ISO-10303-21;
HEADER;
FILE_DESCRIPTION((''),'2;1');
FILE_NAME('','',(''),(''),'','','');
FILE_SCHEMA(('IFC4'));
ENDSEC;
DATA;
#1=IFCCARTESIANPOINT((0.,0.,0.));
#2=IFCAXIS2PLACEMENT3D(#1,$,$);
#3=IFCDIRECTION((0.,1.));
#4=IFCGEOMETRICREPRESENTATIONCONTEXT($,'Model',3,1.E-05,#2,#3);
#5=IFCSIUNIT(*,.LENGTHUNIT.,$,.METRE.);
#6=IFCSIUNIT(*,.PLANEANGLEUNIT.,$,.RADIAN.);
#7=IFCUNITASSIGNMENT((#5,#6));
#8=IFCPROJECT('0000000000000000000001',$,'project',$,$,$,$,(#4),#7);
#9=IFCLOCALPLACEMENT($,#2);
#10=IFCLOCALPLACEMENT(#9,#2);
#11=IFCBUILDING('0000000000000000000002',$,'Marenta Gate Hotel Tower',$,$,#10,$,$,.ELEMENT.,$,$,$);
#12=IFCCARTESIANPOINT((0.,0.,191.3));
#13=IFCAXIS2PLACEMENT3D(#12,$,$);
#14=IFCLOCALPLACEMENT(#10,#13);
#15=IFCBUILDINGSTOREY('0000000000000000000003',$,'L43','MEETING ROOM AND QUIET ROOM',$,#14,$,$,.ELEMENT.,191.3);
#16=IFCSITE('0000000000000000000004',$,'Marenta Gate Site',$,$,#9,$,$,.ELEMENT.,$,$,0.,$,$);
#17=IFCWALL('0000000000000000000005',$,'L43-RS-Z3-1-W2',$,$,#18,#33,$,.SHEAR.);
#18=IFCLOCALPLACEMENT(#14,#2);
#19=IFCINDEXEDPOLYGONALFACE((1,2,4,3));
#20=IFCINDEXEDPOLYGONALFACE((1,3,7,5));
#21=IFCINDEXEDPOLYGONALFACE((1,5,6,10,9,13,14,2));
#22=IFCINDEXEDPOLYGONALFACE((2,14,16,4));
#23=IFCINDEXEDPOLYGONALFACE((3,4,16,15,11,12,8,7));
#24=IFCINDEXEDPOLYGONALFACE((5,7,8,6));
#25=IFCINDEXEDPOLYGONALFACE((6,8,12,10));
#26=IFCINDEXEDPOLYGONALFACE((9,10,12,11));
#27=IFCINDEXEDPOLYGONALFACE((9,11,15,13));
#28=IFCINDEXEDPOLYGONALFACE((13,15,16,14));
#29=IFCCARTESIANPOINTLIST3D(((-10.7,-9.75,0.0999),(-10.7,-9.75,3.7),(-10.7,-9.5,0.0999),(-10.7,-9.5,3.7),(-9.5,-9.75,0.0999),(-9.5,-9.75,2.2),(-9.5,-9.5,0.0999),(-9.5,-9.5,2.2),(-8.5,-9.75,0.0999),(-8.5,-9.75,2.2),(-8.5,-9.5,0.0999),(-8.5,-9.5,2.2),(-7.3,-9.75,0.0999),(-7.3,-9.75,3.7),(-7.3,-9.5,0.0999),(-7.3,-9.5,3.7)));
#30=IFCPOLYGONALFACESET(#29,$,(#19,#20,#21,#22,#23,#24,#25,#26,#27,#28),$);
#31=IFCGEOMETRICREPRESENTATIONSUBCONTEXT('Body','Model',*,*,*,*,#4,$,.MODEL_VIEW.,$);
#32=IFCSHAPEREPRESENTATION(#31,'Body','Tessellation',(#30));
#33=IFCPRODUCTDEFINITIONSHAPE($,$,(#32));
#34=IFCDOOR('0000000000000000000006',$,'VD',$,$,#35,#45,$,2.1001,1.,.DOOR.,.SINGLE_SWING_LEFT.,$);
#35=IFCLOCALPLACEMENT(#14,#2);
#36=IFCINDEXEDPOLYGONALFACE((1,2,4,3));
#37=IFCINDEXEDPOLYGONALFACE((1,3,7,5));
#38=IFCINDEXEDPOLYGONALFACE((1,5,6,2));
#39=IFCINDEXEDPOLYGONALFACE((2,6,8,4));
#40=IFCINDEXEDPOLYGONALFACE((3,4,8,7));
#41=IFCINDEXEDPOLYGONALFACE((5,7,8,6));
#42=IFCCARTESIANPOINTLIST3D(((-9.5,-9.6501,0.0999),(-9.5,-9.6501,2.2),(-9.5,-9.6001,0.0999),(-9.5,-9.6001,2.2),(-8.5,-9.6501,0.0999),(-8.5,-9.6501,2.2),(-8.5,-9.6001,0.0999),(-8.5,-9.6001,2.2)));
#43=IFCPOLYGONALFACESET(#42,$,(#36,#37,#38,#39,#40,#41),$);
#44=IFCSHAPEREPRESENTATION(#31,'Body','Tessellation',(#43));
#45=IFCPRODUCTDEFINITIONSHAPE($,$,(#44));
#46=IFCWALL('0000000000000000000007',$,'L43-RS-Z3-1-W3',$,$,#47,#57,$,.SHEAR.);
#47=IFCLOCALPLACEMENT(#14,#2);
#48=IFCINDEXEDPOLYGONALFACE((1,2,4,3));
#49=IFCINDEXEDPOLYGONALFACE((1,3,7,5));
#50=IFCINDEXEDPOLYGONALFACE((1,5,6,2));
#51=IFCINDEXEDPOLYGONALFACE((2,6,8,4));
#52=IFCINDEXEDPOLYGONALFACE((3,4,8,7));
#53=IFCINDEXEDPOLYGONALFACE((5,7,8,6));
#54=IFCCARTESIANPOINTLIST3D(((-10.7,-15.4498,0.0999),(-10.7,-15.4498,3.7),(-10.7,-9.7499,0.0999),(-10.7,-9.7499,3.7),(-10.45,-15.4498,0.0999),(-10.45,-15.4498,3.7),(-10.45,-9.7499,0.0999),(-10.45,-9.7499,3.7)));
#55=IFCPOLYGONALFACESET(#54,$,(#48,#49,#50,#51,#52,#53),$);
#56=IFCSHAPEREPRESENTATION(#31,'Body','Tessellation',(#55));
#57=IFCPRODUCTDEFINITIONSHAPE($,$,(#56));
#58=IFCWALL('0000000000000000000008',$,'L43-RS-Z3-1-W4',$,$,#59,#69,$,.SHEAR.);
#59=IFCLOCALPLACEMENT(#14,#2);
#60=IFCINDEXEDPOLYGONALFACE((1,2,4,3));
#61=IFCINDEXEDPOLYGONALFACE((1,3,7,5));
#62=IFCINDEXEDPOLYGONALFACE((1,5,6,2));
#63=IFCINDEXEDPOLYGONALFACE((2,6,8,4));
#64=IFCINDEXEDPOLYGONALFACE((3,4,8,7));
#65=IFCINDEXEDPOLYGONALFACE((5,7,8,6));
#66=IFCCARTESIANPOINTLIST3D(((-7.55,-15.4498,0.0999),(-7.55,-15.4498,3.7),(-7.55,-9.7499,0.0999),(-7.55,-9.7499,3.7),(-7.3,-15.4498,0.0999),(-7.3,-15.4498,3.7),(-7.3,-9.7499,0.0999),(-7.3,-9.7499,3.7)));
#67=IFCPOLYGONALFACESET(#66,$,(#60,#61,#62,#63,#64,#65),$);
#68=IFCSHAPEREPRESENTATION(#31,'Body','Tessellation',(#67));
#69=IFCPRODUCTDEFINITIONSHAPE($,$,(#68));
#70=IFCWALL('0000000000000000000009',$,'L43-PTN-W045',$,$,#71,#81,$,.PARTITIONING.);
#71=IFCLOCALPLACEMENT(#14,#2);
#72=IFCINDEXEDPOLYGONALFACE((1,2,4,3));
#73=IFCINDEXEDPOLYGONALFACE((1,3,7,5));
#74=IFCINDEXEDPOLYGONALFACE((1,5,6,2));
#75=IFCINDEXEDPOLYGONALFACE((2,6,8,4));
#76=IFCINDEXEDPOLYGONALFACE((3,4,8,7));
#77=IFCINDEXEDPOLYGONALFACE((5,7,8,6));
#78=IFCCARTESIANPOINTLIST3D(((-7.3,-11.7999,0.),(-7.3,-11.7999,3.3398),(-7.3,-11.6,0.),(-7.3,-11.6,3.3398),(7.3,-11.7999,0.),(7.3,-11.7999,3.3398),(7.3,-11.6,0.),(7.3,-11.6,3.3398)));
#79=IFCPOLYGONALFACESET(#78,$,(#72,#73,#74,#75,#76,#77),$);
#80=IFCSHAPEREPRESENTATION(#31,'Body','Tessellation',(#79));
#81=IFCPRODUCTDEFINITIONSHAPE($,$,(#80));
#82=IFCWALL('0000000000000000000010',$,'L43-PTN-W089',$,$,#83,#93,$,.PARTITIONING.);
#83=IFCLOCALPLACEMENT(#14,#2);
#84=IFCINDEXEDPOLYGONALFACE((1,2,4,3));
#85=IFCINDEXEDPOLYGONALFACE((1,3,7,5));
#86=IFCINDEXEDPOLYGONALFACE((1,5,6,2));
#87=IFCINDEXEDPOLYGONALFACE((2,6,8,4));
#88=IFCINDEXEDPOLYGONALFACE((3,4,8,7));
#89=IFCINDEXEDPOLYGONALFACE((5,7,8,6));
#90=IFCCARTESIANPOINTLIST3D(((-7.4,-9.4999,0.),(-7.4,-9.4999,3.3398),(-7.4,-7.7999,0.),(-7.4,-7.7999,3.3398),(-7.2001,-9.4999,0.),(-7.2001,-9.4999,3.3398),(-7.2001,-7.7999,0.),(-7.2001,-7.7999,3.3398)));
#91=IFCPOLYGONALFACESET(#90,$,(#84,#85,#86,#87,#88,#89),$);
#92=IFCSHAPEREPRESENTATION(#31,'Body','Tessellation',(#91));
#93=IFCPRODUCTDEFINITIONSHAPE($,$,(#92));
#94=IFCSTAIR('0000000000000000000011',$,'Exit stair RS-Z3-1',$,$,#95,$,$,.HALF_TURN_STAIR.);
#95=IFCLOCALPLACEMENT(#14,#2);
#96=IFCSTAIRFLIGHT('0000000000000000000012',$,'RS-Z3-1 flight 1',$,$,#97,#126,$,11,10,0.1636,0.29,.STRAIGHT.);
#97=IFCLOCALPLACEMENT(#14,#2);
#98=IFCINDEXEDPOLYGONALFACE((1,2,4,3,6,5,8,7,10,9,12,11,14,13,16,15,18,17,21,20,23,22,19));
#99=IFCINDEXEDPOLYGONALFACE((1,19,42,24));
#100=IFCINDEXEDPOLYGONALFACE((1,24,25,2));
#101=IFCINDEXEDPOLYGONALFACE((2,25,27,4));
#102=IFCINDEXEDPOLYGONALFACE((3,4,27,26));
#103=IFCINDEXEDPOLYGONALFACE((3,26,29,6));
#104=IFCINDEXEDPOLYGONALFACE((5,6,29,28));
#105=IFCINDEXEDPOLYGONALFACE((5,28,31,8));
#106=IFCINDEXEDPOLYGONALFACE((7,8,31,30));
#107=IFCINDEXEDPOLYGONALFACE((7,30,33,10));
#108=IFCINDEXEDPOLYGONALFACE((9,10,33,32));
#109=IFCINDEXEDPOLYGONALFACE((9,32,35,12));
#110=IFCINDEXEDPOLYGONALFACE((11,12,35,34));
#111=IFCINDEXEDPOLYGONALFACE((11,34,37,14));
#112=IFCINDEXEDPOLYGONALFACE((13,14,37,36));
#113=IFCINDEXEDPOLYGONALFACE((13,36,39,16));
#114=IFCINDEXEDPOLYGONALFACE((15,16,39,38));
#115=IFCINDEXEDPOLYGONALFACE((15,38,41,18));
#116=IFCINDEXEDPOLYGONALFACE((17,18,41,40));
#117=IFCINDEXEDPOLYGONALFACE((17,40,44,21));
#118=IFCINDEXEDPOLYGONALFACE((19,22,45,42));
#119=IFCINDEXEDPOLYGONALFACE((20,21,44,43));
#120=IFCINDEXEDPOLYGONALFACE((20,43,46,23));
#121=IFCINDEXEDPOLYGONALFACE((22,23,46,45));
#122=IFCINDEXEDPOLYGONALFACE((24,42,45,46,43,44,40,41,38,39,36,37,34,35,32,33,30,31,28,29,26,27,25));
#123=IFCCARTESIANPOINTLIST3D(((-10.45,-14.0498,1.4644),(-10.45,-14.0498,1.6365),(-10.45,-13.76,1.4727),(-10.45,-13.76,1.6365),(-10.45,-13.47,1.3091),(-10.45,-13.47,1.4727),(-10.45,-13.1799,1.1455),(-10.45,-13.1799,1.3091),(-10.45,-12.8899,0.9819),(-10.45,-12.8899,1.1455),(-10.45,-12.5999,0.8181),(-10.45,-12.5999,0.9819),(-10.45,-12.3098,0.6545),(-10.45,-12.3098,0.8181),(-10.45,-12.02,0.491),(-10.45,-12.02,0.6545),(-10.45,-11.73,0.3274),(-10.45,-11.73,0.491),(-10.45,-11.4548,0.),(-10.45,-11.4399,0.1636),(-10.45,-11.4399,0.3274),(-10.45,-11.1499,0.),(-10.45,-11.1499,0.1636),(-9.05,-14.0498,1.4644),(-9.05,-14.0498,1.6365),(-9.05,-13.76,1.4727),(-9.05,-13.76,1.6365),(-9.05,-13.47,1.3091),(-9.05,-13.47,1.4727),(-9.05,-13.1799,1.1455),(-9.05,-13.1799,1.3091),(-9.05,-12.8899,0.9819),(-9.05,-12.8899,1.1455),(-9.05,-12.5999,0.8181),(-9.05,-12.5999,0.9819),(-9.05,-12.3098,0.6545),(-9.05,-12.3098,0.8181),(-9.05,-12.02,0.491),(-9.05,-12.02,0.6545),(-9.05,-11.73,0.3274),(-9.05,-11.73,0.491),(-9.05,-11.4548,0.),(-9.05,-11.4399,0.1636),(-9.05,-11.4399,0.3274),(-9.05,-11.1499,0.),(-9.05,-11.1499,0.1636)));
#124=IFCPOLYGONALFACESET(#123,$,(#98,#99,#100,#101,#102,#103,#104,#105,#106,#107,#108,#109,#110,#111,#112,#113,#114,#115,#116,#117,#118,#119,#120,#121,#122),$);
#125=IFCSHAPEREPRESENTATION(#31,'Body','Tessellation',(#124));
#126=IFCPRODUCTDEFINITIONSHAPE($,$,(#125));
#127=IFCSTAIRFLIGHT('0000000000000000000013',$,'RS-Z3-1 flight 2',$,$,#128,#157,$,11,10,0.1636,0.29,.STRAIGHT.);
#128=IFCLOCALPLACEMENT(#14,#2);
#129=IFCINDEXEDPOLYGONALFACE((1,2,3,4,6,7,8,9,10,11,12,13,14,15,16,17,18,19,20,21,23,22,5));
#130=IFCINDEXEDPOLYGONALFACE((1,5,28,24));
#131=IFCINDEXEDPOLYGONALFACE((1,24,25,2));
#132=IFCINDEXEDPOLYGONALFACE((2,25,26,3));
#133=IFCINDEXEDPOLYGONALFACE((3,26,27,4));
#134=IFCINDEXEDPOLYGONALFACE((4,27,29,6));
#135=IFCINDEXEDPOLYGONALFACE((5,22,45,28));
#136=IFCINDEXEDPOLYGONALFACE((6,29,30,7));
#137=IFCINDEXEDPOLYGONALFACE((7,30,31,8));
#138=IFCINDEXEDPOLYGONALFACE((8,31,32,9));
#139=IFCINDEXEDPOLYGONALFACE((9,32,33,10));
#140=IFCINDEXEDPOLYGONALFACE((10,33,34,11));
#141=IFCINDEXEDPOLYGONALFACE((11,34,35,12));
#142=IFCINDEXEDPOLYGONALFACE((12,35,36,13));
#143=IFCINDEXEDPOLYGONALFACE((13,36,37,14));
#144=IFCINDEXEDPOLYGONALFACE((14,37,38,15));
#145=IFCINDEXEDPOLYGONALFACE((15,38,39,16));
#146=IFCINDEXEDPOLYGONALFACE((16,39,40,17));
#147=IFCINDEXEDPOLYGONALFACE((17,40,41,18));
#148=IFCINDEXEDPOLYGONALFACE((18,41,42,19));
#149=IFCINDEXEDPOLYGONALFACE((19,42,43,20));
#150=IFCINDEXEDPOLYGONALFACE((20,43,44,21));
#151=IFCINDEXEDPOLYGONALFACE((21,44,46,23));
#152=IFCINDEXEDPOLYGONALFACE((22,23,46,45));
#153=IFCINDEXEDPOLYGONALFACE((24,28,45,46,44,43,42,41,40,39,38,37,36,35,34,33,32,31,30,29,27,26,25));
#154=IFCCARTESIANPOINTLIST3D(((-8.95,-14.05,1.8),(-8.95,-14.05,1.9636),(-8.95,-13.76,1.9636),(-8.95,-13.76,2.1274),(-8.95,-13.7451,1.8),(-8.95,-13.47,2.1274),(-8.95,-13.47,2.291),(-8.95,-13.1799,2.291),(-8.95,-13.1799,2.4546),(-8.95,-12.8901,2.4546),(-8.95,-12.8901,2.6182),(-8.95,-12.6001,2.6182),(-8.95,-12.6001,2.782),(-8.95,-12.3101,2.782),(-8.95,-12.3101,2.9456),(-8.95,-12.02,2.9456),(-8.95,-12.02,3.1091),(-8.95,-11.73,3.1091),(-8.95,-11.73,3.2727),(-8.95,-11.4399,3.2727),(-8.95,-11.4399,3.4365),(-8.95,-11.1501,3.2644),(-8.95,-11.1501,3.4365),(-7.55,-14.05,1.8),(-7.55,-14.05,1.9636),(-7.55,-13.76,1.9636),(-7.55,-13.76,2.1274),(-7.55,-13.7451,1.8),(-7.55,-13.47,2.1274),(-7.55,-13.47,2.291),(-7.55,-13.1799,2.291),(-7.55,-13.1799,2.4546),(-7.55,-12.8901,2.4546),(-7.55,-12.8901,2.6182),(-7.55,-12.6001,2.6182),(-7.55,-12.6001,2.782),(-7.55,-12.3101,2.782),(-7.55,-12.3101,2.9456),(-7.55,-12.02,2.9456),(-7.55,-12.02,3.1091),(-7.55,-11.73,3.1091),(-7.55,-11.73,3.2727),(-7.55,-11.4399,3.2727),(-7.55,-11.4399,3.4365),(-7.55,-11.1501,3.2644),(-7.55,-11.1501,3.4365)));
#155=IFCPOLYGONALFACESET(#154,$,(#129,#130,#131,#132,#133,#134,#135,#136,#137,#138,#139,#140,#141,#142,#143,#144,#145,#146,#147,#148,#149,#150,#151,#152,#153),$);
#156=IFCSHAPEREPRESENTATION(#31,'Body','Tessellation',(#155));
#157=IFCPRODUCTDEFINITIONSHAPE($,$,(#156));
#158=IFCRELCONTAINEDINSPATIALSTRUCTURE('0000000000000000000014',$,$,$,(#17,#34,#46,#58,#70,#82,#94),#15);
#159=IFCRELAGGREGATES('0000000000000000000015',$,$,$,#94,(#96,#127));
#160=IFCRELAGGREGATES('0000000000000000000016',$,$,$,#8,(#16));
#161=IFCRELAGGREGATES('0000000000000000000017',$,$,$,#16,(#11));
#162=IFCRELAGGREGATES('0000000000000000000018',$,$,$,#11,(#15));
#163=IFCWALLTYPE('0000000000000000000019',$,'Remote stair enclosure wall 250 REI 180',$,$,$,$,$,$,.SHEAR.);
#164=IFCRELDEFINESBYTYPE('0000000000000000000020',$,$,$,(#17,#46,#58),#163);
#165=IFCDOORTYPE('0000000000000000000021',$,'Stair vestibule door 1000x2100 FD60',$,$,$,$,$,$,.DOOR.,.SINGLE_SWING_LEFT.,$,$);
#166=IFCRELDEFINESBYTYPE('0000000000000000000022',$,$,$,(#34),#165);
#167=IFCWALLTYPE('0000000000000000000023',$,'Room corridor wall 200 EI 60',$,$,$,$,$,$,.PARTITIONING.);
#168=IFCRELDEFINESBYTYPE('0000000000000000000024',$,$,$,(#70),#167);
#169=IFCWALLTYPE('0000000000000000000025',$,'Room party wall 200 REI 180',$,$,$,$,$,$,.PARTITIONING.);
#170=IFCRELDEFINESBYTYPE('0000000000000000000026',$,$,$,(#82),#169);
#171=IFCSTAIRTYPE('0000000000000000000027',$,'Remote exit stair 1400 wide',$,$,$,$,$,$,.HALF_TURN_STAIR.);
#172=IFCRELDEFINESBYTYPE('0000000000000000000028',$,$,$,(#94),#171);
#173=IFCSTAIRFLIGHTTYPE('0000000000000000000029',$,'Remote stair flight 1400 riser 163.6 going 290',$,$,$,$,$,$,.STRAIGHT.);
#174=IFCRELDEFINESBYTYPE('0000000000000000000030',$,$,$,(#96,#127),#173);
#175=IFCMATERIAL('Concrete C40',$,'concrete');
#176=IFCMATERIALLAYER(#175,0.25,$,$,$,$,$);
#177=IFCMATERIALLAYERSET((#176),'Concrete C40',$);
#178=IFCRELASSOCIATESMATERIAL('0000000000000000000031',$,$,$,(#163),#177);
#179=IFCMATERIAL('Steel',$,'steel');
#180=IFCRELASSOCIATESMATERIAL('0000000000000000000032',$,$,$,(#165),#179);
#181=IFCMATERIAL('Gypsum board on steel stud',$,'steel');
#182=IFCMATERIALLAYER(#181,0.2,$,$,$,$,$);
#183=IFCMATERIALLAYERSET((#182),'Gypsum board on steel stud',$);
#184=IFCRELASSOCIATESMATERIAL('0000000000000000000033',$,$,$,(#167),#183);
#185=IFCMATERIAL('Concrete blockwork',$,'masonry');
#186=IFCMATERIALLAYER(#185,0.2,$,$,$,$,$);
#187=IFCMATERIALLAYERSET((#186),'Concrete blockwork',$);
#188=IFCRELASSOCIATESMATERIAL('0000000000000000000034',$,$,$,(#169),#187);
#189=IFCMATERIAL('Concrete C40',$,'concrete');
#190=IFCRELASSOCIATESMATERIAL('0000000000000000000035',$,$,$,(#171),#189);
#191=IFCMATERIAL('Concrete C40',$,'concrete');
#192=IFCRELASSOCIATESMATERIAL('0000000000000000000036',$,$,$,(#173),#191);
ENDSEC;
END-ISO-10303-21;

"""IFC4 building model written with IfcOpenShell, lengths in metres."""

from ifc_helpers import new_model, si_unit, direction, frame, frame_2d, origin, place, context, subcontext, project, spatial, polyline, rectangle, outline, extrude, material, layer, layer_set, type_object, element, fill, aggregate, save


model = new_model("IFC4")

# Units and contexts
model_context = context("Model", 3, precision=1e-05, world=origin(), true_north=direction((0.0, 1.0)))
body_context = subcontext(model_context, "Body", "Model", "MODEL_VIEW")
ifc_project = project(units=[si_unit("LENGTHUNIT", "METRE"), si_unit("PLANEANGLEUNIT", "RADIAN")], contexts=[model_context])

# Site, building, storey
site_placement = place(None, origin())
site = spatial("IfcSite", under=ifc_project, at=site_placement, Name="Marenta Gate Site", CompositionType="ELEMENT", RefElevation=0.0)
building_placement = place(site_placement, origin())
building = spatial("IfcBuilding", under=site, at=building_placement, Name="Marenta Gate Hotel Tower", CompositionType="ELEMENT")
storey_placement = place(building_placement, frame((0.0, 0.0, 191.3)))
storey = spatial("IfcBuildingStorey", under=building, at=storey_placement, Name="L43", Description="MEETING ROOM AND QUIET ROOM", CompositionType="ELEMENT", Elevation=191.3)

# Shared definitions
ifc_material_1 = material(Name="Concrete C40", Category="concrete")
ifc_layer_1 = layer(ifc_material_1, 0.25)
ifc_layer_set_1 = layer_set([ifc_layer_1], Name="Concrete C40")
wall_type_1 = type_object("IfcWallType", Name="Remote stair enclosure wall 250 REI 180", PredefinedType="SHEAR", material=ifc_layer_set_1)

# Wall, opening, door
wall_1_placement = place(storey_placement, frame((-10.7, -9.625, 0.0999), z_axis=(0.0, 0.0, 1.0), x_axis=(1.0, 0.0, 0.0)))
wall_1 = element("IfcWall", 1, at=wall_1_placement, inside=storey, type_object=wall_type_1, Name="L43-RS-Z3-1-W2", PredefinedType="SHEAR", context=body_context, shape_type="SweptSolid", body=[
    extrude(rectangle(XDim=3.3999, YDim=0.25, at=frame_2d((1.7, 0.0))), origin(), (0.0, 0.0, 1.0), 3.6001),
])
opening_1_placement = place(wall_1_placement, frame((1.2, 0.0, 0.0)))
opening_1 = element("IfcOpeningElement", 2, at=opening_1_placement, cuts=wall_1, PredefinedType="OPENING", context=body_context, shape_type="SweptSolid", body=[
    extrude(rectangle(XDim=1.0, YDim=2.1001, at=frame_2d((0.5, 1.05))), frame((0.0, 0.125, 0.0), z_axis=(0.0, -1.0, 0.0), x_axis=(1.0, 0.0, 0.0)), (0.0, 0.0, 1.0), 0.25),
])
ifc_material_2 = material(Name="Steel", Category="steel")
door_type_1 = type_object("IfcDoorType", Name="Stair vestibule door 1000x2100 FD60", OperationType="SINGLE_SWING_LEFT", PredefinedType="DOOR", material=ifc_material_2)
door_1_placement = place(opening_1_placement, origin())
door_1 = element("IfcDoor", 3, at=door_1_placement, inside=storey, type_object=door_type_1, Name="VD", OperationType="SINGLE_SWING_LEFT", OverallHeight=2.1001, OverallWidth=1.0, PredefinedType="DOOR", context=body_context, shape_type="SweptSolid", body=[
    extrude(rectangle(XDim=1.0, YDim=2.1001, at=frame_2d((0.5, 1.05))), frame((0.0, 0.0249, 0.0), z_axis=(0.0, -1.0, 0.0), x_axis=(1.0, 0.0, 0.0)), (0.0, 0.0, 1.0), 0.05),
])
fill(opening_1, door_1)

# Walls
for number, where, z_axis, x_axis, name in (
    (4, (-10.575, -15.45, 0.0999), (0.0, 0.0, 1.0), (0.0, 1.0, 0.0), "L43-RS-Z3-1-W3"),
    (5, (-7.425, -15.45, 0.0999), (0.0, 0.0, 1.0), (0.0, 1.0, 0.0), "L43-RS-Z3-1-W4"),
):
    element("IfcWall", number, at=place(storey_placement, frame(where, z_axis=z_axis, x_axis=x_axis)), inside=storey, type_object=wall_type_1, Name=name, PredefinedType="SHEAR", context=body_context, shape_type="SweptSolid", body=[
        extrude(rectangle(XDim=5.7, YDim=0.25, at=frame_2d((2.8501, 0.0))), origin(), (0.0, 0.0, 1.0), 3.6001),
    ])

# Shared definitions
ifc_material_3 = material(Name="Gypsum board on steel stud", Category="steel")
ifc_layer_2 = layer(ifc_material_3, 0.2)
ifc_layer_set_2 = layer_set([ifc_layer_2], Name="Gypsum board on steel stud")
wall_type_2 = type_object("IfcWallType", Name="Room corridor wall 200 EI 60", PredefinedType="PARTITIONING", material=ifc_layer_set_2)

# Wall
wall_2_placement = place(storey_placement, frame((-7.3, -11.7, 0.0), z_axis=(0.0, 0.0, 1.0), x_axis=(1.0, 0.0, 0.0)))
element("IfcWall", 6, at=wall_2_placement, inside=storey, type_object=wall_type_2, Name="L43-PTN-W045", PredefinedType="PARTITIONING", context=body_context, shape_type="SweptSolid", body=[
    extrude(rectangle(XDim=14.6001, YDim=0.2, at=frame_2d((7.3, 0.0))), origin(), (0.0, 0.0, 1.0), 3.3398),
])

# Wall
ifc_material_4 = material(Name="Concrete blockwork", Category="masonry")
ifc_layer_3 = layer(ifc_material_4, 0.2)
ifc_layer_set_3 = layer_set([ifc_layer_3], Name="Concrete blockwork")
wall_type_3 = type_object("IfcWallType", Name="Room party wall 200 REI 180", PredefinedType="PARTITIONING", material=ifc_layer_set_3)
wall_3_placement = place(storey_placement, frame((-7.3, -9.5, 0.0), z_axis=(0.0, 0.0, 1.0), x_axis=(0.0, 1.0, 0.0)))
element("IfcWall", 7, at=wall_3_placement, inside=storey, type_object=wall_type_3, Name="L43-PTN-W089", PredefinedType="PARTITIONING", context=body_context, shape_type="SweptSolid", body=[
    extrude(rectangle(XDim=1.7, YDim=0.2, at=frame_2d((0.8501, 0.0))), origin(), (0.0, 0.0, 1.0), 3.3398),
])

# Stair, stair flights
ifc_material_5 = material(Name="Concrete C40", Category="concrete")
stair_type = type_object("IfcStairType", Name="Remote exit stair 1400 wide", PredefinedType="HALF_TURN_STAIR", material=ifc_material_5)
stair_placement = place(storey_placement, origin())
stair = element("IfcStair", 8, at=stair_placement, inside=storey, type_object=stair_type, Name="Exit stair RS-Z3-1", PredefinedType="HALF_TURN_STAIR")
ifc_material_6 = material(Name="Concrete C40", Category="concrete")
stair_flight_type = type_object("IfcStairFlightType", Name="Remote stair flight 1400 riser 163.6 going 290", PredefinedType="STRAIGHT", material=ifc_material_6)
stair_flight_1_placement = place(storey_placement, frame((-9.75, -11.1499, 0.0), z_axis=(0.0, 0.0, 1.0), x_axis=(0.0, -1.0, 0.0)))
stair_flight_1 = element("IfcStairFlight", 9, at=stair_flight_1_placement, type_object=stair_flight_type, Name="RS-Z3-1 flight 1", NumberOfRisers=11, NumberOfTreads=10, PredefinedType="STRAIGHT", RiserHeight=0.1636, TreadLength=0.29, context=body_context, shape_type="SweptSolid", body=[
    extrude(outline(polyline([(0.0, 0.0), (0.0, 0.1636), (0.29, 0.1636), (0.29, 0.3274), (0.5801, 0.3274), (0.5801, 0.491), (0.8701, 0.491), (0.8701, 0.6545), (1.1599, 0.6545), (1.1599, 0.8181), (1.45, 0.8181), (1.45, 0.9819), (1.74, 0.9819), (1.74, 1.1455), (2.03, 1.1455), (2.03, 1.3091), (2.3201, 1.3091), (2.3201, 1.4727), (2.6101, 1.4727), (2.6101, 1.6365), (2.8999, 1.6365), (2.8999, 1.8), (2.8999, 1.4644), (0.3049, 0.0), (0.0, 0.0)])), frame((0.0, 0.7, 0.0), z_axis=(0.0, -1.0, 0.0), x_axis=(1.0, 0.0, 0.0)), (0.0, 0.0, 1.0), 1.3999),
])
stair_flight_2_placement = place(storey_placement, frame((-8.25, -14.05, 1.8), z_axis=(0.0, 0.0, 1.0), x_axis=(0.0, 1.0, 0.0)))
stair_flight_2 = element("IfcStairFlight", 10, at=stair_flight_2_placement, type_object=stair_flight_type, Name="RS-Z3-1 flight 2", NumberOfRisers=11, NumberOfTreads=10, PredefinedType="STRAIGHT", RiserHeight=0.1636, TreadLength=0.29, context=body_context, shape_type="SweptSolid", body=[
    extrude(outline(polyline([(0.0, 0.0), (0.0, 0.1636), (0.29, 0.1636), (0.29, 0.3274), (0.5801, 0.3274), (0.5801, 0.491), (0.8701, 0.491), (0.8701, 0.6545), (1.1599, 0.6545), (1.1599, 0.8181), (1.45, 0.8181), (1.45, 0.9819), (1.74, 0.9819), (1.74, 1.1455), (2.03, 1.1455), (2.03, 1.3091), (2.3201, 1.3091), (2.3201, 1.4727), (2.6101, 1.4727), (2.6101, 1.6365), (2.8999, 1.6365), (2.8999, 1.8), (2.8999, 1.4644), (0.3049, 0.0), (0.0, 0.0)])), frame((0.0, 0.7, 0.0), z_axis=(0.0, -1.0, 0.0), x_axis=(1.0, 0.0, 0.0)), (0.0, 0.0, 1.0), 1.3999),
])
aggregate(stair, [stair_flight_1, stair_flight_2])

save(model, "model.ifc")
